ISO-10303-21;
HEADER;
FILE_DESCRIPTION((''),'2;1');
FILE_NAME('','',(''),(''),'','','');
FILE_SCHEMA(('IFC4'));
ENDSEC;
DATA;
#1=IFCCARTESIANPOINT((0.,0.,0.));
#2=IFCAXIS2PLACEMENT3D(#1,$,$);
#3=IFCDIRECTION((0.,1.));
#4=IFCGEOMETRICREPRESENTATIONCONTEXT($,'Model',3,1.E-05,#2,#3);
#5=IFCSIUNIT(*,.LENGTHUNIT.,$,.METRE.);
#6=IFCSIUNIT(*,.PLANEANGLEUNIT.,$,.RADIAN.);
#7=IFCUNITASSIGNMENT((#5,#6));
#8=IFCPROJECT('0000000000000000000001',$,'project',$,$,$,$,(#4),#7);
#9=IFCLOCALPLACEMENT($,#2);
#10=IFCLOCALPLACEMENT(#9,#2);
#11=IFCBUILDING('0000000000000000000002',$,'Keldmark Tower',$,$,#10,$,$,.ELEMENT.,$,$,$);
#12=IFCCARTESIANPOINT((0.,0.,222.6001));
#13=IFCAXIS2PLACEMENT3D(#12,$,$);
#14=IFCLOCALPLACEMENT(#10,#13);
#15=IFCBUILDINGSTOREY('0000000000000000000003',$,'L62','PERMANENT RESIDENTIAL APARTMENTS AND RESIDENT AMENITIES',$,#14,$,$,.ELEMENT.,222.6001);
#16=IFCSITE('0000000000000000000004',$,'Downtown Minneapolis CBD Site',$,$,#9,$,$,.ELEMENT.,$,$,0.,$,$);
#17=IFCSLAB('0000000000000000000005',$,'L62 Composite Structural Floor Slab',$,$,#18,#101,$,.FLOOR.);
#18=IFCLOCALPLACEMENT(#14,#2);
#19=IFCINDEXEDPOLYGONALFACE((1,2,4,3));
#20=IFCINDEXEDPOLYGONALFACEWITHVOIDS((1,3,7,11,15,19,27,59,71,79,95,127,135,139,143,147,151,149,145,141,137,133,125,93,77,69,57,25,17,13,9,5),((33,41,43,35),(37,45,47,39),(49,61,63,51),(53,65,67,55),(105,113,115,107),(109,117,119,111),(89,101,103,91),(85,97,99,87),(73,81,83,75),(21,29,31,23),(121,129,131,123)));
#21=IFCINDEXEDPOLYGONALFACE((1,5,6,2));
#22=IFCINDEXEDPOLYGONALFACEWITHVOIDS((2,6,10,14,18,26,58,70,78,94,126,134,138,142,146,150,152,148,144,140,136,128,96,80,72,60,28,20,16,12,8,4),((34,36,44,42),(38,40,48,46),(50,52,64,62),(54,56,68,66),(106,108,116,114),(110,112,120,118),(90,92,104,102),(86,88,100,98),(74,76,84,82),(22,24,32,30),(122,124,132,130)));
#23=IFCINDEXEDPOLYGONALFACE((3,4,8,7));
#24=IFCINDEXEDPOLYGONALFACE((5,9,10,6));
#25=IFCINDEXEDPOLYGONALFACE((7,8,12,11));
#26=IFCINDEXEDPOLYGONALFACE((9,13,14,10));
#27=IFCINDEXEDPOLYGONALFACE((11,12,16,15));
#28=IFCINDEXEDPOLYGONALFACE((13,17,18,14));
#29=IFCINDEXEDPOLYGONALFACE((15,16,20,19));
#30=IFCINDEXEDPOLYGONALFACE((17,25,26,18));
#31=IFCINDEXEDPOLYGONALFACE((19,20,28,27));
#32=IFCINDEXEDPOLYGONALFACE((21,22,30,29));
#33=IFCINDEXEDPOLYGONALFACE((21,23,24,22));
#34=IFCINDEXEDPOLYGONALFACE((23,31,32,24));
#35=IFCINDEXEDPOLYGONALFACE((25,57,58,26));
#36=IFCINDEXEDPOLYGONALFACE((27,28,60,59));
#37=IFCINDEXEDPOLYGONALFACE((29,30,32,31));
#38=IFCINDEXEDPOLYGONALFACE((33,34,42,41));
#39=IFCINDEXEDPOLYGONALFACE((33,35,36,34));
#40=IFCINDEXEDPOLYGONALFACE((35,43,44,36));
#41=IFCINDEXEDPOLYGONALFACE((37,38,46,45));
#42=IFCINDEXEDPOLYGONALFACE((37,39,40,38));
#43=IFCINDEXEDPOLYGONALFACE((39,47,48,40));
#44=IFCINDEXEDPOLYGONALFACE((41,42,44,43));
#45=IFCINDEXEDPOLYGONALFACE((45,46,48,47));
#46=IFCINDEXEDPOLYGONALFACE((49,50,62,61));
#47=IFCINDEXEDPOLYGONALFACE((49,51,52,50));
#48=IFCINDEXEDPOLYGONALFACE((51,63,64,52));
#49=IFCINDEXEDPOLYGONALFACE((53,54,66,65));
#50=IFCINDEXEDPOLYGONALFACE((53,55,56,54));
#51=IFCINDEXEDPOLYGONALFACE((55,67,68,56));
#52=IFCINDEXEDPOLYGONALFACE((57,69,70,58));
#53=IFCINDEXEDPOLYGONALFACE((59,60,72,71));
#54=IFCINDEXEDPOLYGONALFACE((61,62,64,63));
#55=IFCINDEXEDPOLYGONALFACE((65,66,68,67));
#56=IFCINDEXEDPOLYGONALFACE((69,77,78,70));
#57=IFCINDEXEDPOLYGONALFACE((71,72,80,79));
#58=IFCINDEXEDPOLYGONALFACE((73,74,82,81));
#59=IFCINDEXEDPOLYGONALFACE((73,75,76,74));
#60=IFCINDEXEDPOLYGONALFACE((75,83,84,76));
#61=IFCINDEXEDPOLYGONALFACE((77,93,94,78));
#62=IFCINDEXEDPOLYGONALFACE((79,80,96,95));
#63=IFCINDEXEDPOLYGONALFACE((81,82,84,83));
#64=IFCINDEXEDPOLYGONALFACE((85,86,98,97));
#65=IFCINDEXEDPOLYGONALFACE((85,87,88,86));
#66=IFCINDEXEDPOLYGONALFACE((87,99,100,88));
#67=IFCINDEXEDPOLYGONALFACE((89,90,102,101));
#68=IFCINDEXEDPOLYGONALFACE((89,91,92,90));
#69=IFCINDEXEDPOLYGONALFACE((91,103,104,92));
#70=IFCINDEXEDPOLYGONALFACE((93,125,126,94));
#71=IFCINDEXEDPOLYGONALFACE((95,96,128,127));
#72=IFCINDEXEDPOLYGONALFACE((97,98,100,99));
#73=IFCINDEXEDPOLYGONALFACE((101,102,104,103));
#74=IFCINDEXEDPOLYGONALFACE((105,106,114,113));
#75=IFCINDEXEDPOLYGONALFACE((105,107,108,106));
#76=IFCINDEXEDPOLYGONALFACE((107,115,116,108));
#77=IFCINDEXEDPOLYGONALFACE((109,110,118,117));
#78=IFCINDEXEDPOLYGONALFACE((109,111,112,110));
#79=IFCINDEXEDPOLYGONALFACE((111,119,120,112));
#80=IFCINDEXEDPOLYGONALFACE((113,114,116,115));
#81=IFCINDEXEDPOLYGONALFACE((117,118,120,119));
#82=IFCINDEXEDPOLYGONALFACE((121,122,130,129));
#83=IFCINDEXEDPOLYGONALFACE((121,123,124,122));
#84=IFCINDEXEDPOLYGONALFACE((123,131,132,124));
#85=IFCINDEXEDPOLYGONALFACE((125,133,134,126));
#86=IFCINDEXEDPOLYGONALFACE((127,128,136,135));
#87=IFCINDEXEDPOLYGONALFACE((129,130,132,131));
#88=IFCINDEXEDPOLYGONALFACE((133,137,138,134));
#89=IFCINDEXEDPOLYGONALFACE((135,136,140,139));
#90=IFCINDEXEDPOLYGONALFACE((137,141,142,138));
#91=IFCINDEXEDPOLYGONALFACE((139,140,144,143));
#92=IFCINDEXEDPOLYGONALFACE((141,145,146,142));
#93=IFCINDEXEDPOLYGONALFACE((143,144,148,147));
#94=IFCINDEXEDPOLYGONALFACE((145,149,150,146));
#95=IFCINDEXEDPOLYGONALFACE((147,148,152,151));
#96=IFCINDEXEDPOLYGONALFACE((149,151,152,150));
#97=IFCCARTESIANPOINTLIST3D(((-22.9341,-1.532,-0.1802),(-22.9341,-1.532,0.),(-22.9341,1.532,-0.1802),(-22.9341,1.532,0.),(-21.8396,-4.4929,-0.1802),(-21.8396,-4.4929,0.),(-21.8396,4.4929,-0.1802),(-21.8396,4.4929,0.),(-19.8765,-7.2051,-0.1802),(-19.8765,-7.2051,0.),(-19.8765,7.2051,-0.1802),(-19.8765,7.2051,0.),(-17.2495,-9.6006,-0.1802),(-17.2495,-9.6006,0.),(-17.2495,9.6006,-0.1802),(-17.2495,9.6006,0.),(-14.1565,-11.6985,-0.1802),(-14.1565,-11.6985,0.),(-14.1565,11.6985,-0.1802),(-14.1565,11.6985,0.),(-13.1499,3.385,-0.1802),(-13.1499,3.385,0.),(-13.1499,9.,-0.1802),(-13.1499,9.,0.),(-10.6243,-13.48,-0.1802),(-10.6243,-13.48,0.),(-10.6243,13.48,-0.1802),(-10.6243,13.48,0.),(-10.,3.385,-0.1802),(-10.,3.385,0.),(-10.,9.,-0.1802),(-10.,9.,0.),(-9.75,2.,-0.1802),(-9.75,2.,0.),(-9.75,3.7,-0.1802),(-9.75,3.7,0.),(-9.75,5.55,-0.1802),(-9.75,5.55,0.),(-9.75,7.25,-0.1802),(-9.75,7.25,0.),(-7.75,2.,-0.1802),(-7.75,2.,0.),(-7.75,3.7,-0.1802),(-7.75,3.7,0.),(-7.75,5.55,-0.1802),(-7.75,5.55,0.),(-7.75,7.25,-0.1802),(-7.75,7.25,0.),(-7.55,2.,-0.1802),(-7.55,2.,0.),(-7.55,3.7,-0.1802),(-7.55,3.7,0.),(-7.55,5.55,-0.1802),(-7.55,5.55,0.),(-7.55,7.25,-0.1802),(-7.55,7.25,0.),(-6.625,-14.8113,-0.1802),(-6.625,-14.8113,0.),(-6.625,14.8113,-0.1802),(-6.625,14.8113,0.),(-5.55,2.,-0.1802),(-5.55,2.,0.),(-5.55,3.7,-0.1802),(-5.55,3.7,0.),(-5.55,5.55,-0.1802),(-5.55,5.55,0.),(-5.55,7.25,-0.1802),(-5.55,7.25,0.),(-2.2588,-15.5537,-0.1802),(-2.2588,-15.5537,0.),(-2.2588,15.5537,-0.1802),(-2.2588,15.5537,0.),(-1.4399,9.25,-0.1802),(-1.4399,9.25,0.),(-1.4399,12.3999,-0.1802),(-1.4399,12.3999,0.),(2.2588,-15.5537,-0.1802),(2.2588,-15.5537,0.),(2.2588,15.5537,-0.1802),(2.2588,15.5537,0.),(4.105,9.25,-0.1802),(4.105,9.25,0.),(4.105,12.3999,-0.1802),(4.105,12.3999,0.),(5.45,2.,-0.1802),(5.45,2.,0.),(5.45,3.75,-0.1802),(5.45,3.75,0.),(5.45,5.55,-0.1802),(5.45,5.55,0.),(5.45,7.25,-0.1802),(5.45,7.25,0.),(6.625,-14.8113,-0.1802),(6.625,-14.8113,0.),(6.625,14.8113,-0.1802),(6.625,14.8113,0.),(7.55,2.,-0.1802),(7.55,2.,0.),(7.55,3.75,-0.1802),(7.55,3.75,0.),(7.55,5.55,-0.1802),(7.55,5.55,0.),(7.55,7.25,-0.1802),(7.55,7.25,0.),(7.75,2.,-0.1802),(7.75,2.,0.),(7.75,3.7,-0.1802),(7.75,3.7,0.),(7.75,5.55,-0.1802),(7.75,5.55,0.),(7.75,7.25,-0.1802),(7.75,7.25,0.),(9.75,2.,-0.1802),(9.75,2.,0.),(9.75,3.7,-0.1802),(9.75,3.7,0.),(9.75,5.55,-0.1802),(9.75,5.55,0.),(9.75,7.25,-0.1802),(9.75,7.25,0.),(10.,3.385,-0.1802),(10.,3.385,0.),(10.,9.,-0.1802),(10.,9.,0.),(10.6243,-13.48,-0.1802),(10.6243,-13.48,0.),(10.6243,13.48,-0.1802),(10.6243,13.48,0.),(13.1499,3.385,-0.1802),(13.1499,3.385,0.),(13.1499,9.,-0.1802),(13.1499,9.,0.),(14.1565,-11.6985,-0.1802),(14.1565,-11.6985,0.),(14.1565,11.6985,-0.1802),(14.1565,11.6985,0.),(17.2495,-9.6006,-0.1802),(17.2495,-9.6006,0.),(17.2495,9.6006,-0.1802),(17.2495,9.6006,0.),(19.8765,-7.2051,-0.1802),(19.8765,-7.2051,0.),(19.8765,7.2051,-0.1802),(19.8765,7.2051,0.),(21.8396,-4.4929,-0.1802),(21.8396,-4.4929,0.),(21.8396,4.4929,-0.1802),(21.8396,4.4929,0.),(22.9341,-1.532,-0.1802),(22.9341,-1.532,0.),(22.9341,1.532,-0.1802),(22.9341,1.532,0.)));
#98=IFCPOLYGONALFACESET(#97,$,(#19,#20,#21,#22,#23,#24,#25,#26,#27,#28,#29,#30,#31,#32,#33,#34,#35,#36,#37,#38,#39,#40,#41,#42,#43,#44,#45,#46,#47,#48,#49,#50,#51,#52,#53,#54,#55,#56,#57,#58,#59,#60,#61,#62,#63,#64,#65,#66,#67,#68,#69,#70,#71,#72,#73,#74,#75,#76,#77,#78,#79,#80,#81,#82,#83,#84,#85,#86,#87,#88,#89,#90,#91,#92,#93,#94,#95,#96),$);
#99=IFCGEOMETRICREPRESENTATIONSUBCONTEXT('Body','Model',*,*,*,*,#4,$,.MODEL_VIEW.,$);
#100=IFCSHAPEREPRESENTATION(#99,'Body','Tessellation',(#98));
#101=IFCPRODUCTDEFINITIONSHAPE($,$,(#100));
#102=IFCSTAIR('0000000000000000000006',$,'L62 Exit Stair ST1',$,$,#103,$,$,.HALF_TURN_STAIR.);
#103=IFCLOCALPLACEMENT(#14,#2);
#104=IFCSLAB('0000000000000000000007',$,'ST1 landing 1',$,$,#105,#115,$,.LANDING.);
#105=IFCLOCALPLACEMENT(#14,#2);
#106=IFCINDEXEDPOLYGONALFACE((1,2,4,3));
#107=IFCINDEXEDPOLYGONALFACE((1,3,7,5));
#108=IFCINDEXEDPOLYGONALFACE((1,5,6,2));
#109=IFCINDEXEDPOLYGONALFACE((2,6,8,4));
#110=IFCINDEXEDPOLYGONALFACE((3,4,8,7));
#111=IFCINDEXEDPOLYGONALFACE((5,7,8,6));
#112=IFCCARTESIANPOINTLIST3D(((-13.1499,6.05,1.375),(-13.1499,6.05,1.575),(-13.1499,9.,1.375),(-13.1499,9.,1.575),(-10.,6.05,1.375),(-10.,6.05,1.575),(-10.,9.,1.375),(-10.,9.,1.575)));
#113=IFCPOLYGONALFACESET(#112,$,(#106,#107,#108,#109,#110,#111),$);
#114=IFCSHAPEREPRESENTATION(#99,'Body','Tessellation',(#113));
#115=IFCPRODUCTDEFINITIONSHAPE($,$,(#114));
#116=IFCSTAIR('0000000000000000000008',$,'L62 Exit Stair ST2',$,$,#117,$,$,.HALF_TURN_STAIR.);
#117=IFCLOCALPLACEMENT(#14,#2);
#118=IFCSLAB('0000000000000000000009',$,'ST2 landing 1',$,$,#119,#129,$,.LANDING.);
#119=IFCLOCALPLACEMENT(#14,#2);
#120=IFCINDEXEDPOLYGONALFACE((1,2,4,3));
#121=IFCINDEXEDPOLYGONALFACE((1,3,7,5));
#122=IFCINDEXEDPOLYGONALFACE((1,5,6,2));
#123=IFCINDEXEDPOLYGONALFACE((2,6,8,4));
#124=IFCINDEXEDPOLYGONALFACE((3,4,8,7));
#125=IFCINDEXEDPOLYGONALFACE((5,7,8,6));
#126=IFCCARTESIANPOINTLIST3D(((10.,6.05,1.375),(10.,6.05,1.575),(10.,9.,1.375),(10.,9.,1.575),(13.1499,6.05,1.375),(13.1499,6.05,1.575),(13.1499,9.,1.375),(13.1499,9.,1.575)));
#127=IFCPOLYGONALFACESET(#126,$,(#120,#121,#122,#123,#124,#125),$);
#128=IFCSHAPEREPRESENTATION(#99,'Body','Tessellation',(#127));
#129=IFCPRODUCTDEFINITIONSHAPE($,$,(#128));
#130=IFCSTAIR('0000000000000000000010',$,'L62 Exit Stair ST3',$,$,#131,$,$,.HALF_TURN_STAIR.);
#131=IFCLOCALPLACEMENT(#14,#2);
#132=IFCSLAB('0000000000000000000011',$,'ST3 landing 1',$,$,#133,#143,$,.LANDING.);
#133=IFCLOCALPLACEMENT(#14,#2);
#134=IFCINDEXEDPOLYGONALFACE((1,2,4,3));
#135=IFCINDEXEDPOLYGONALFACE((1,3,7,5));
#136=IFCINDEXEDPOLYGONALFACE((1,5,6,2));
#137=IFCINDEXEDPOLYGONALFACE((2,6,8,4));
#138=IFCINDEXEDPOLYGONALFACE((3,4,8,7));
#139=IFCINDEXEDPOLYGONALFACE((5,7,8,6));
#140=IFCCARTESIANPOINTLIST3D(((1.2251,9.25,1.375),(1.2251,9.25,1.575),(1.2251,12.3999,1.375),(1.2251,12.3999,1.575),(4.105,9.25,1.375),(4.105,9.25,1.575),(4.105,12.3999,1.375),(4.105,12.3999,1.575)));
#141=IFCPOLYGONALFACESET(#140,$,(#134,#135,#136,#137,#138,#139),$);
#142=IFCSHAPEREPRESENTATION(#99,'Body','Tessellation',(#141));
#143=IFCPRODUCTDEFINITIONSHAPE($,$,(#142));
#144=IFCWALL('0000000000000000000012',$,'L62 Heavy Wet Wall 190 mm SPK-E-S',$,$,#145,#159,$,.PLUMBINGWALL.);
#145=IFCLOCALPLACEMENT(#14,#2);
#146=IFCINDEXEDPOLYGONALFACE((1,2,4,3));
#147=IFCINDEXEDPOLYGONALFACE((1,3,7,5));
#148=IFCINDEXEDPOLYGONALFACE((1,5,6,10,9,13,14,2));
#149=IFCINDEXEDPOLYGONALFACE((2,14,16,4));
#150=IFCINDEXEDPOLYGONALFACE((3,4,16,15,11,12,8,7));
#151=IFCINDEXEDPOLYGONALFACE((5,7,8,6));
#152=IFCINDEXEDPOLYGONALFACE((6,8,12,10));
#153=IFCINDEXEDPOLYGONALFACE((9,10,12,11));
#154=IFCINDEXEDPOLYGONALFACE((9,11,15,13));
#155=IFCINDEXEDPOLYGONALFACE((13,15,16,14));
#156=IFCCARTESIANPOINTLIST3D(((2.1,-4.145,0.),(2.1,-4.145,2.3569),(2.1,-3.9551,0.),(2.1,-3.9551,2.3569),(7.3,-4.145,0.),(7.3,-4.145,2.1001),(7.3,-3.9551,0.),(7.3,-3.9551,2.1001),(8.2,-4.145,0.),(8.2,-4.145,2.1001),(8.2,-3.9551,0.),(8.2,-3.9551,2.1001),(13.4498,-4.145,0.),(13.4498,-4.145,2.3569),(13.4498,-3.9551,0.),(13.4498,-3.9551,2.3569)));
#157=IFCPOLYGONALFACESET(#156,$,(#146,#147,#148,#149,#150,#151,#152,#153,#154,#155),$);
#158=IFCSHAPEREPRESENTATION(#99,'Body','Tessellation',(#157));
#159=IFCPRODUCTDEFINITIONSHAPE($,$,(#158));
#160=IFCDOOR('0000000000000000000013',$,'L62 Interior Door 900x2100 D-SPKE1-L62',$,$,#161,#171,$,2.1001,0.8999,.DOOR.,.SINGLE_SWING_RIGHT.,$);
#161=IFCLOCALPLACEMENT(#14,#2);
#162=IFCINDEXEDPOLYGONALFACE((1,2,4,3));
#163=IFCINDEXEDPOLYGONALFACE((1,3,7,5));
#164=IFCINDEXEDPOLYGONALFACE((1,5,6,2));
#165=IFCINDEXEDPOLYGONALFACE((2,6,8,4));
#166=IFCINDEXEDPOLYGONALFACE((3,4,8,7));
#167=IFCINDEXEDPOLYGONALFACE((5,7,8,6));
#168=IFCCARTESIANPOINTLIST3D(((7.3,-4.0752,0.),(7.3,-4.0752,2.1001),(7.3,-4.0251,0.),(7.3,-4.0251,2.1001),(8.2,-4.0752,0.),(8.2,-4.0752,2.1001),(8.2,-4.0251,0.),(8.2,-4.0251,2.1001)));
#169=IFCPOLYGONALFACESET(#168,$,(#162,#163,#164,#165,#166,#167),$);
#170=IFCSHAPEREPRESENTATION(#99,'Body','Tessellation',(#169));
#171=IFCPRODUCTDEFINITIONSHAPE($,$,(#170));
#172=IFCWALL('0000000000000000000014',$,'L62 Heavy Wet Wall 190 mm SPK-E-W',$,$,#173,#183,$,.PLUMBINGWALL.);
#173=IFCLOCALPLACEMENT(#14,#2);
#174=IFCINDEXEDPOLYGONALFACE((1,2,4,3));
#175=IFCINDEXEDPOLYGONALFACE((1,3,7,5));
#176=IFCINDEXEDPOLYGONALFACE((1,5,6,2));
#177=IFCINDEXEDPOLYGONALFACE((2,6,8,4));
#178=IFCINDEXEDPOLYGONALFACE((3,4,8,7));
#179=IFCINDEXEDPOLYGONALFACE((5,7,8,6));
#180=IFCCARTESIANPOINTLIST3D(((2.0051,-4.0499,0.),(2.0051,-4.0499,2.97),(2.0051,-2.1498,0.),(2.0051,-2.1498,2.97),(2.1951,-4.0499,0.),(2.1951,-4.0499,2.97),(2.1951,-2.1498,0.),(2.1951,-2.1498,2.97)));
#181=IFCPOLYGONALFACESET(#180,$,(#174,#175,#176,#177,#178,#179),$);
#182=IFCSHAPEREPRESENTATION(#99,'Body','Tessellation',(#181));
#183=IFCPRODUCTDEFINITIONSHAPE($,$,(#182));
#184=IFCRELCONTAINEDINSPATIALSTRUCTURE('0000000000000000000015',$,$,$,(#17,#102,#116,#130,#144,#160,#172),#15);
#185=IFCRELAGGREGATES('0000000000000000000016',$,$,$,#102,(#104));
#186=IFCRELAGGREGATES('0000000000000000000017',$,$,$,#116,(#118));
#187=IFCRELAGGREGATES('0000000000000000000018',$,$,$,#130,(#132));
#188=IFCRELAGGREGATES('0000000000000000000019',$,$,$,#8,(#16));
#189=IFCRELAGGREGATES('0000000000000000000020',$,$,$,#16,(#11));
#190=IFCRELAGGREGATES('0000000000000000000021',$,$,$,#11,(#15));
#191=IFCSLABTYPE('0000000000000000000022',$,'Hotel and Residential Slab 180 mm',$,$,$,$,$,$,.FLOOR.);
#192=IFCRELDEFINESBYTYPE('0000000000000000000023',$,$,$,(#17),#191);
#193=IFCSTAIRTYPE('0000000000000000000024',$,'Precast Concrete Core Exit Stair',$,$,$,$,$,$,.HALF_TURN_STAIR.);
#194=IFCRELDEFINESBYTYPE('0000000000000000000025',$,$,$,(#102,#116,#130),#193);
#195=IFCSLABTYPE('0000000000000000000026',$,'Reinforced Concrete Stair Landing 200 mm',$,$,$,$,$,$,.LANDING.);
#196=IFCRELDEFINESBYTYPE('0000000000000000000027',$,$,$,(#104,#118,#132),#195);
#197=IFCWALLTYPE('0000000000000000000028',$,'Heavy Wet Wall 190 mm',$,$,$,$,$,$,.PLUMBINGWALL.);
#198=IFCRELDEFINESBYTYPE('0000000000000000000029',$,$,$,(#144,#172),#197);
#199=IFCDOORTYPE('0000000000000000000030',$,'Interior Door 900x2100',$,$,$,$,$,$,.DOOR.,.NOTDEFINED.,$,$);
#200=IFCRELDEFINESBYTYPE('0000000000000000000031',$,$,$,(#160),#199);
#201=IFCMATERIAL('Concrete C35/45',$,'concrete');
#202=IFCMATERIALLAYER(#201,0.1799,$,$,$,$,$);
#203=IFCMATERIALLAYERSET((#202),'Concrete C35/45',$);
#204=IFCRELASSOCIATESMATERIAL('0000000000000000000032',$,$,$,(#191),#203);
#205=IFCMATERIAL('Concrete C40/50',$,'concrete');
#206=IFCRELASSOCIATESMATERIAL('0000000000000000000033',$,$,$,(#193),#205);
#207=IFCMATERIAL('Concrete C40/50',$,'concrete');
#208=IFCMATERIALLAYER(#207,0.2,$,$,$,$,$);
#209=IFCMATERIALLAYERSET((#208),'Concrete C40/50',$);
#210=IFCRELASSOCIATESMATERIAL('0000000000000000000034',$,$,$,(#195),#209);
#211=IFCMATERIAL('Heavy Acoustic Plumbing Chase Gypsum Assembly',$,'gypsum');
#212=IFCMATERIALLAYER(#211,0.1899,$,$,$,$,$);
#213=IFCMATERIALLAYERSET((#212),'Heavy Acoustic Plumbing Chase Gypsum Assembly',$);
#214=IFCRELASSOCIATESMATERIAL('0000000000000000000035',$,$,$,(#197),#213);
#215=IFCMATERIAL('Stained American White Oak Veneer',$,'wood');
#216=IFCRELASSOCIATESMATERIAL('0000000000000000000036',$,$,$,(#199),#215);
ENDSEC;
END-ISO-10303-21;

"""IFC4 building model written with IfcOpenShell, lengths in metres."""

from ifc_helpers import new_model, si_unit, direction, frame, frame_2d, origin, place, context, subcontext, project, spatial, polyline, rectangle, outline, extrude, material, layer, layer_set, type_object, element, fill, aggregate, save


model = new_model("IFC4")

# Units and contexts
model_context = context("Model", 3, precision=1e-05, world=origin(), true_north=direction((0.0, 1.0)))
body_context = subcontext(model_context, "Body", "Model", "MODEL_VIEW")
ifc_project = project(units=[si_unit("LENGTHUNIT", "METRE"), si_unit("PLANEANGLEUNIT", "RADIAN")], contexts=[model_context])

# Site, building, storey
site_placement = place(None, origin())
site = spatial("IfcSite", under=ifc_project, at=site_placement, Name="Downtown Minneapolis CBD Site", CompositionType="ELEMENT", RefElevation=0.0)
building_placement = place(site_placement, origin())
building = spatial("IfcBuilding", under=site, at=building_placement, Name="Keldmark Tower", CompositionType="ELEMENT")
storey_placement = place(building_placement, frame((0.0, 0.0, 222.6001)))
storey = spatial("IfcBuildingStorey", under=building, at=storey_placement, Name="L62", Description="PERMANENT RESIDENTIAL APARTMENTS AND RESIDENT AMENITIES", CompositionType="ELEMENT", Elevation=222.6001)

# Slab
ifc_material_1 = material(Name="Concrete C35/45", Category="concrete")
ifc_layer_1 = layer(ifc_material_1, 0.1799)
ifc_layer_set_1 = layer_set([ifc_layer_1], Name="Concrete C35/45")
slab_type_1 = type_object("IfcSlabType", Name="Hotel and Residential Slab 180 mm", PredefinedType="FLOOR", material=ifc_layer_set_1)
slab_1_placement = place(storey_placement, frame((0.0, 0.0, -0.1802)))
element("IfcSlab", 1, at=slab_1_placement, inside=storey, type_object=slab_type_1, Name="L62 Composite Structural Floor Slab", PredefinedType="FLOOR", context=body_context, shape_type="SweptSolid", body=[
    extrude(outline(polyline([(22.9341, 1.532), (21.8396, 4.4929), (19.8765, 7.2051), (17.2495, 9.6006), (14.1565, 11.6985), (10.6243, 13.48), (6.625, 14.8113), (2.2588, 15.5537), (-2.2588, 15.5537), (-6.625, 14.8113), (-10.6243, 13.48), (-14.1565, 11.6985), (-17.2495, 9.6006), (-19.8765, 7.2051), (-21.8396, 4.4929), (-22.9341, 1.532), (-22.9341, -1.532), (-21.8396, -4.4929), (-19.8765, -7.2051), (-17.2495, -9.6006), (-14.1565, -11.6985), (-10.6243, -13.48), (-6.625, -14.8113), (-2.2588, -15.5537), (2.2588, -15.5537), (6.625, -14.8113), (10.6243, -13.48), (14.1565, -11.6985), (17.2495, -9.6006), (19.8765, -7.2051), (21.8396, -4.4929), (22.9341, -1.532), (22.9341, 1.532)]), holes=[polyline([(-10.0, 3.385), (-10.0, 9.0), (-13.1499, 9.0), (-13.1499, 3.385), (-10.0, 3.385)]), polyline([(13.1499, 3.385), (13.1499, 9.0), (10.0, 9.0), (10.0, 3.385), (13.1499, 3.385)]), polyline([(-1.4399, 9.25), (4.105, 9.25), (4.105, 12.3999), (-1.4399, 12.3999), (-1.4399, 9.25)]), polyline([(-9.75, 2.0), (-7.75, 2.0), (-7.75, 3.7), (-9.75, 3.7), (-9.75, 2.0)]), polyline([(7.75, 2.0), (9.75, 2.0), (9.75, 3.7), (7.75, 3.7), (7.75, 2.0)]), polyline([(5.45, 2.0), (7.55, 2.0), (7.55, 3.75), (5.45, 3.75), (5.45, 2.0)]), polyline([(-9.75, 5.55), (-7.75, 5.55), (-7.75, 7.25), (-9.75, 7.25), (-9.75, 5.55)]), polyline([(-7.55, 5.55), (-5.55, 5.55), (-5.55, 7.25), (-7.55, 7.25), (-7.55, 5.55)]), polyline([(-7.55, 2.0), (-5.55, 2.0), (-5.55, 3.7), (-7.55, 3.7), (-7.55, 2.0)]), polyline([(5.45, 5.55), (7.55, 5.55), (7.55, 7.25), (5.45, 7.25), (5.45, 5.55)]), polyline([(7.75, 5.55), (9.75, 5.55), (9.75, 7.25), (7.75, 7.25), (7.75, 5.55)])]), origin(), (0.0, 0.0, 1.0), 0.1802),
])

# Stairs, slabs
ifc_material_2 = material(Name="Concrete C40/50", Category="concrete")
stair_type = type_object("IfcStairType", Name="Precast Concrete Core Exit Stair", PredefinedType="HALF_TURN_STAIR", material=ifc_material_2)
stair_1_placement = place(storey_placement, origin())
stair_1 = element("IfcStair", 2, at=stair_1_placement, inside=storey, type_object=stair_type, Name="L62 Exit Stair ST1", PredefinedType="HALF_TURN_STAIR")
ifc_material_3 = material(Name="Concrete C40/50", Category="concrete")
ifc_layer_2 = layer(ifc_material_3, 0.2)
ifc_layer_set_2 = layer_set([ifc_layer_2], Name="Concrete C40/50")
slab_type_2 = type_object("IfcSlabType", Name="Reinforced Concrete Stair Landing 200 mm", PredefinedType="LANDING", material=ifc_layer_set_2)
slab_2_placement = place(storey_placement, frame((0.0, 0.0, 1.375)))
slab_2 = element("IfcSlab", 3, at=slab_2_placement, type_object=slab_type_2, Name="ST1 landing 1", PredefinedType="LANDING", context=body_context, shape_type="SweptSolid", body=[
    extrude(outline(polyline([(-10.0, 6.05), (-10.0, 9.0), (-13.1499, 9.0), (-13.1499, 6.05), (-10.0, 6.05)])), origin(), (0.0, 0.0, 1.0), 0.2),
])
aggregate(stair_1, [slab_2])
stair_2_placement = place(storey_placement, origin())
stair_2 = element("IfcStair", 4, at=stair_2_placement, inside=storey, type_object=stair_type, Name="L62 Exit Stair ST2", PredefinedType="HALF_TURN_STAIR")
slab_3_placement = place(storey_placement, frame((0.0, 0.0, 1.375)))
slab_3 = element("IfcSlab", 5, at=slab_3_placement, type_object=slab_type_2, Name="ST2 landing 1", PredefinedType="LANDING", context=body_context, shape_type="SweptSolid", body=[
    extrude(outline(polyline([(13.1499, 6.05), (13.1499, 9.0), (10.0, 9.0), (10.0, 6.05), (13.1499, 6.05)])), origin(), (0.0, 0.0, 1.0), 0.2),
])
aggregate(stair_2, [slab_3])
stair_3_placement = place(storey_placement, origin())
stair_3 = element("IfcStair", 6, at=stair_3_placement, inside=storey, type_object=stair_type, Name="L62 Exit Stair ST3", PredefinedType="HALF_TURN_STAIR")
slab_4_placement = place(storey_placement, frame((0.0, 0.0, 1.375)))
slab_4 = element("IfcSlab", 7, at=slab_4_placement, type_object=slab_type_2, Name="ST3 landing 1", PredefinedType="LANDING", context=body_context, shape_type="SweptSolid", body=[
    extrude(outline(polyline([(1.2251, 9.25), (4.105, 9.25), (4.105, 12.3999), (1.2251, 12.3999), (1.2251, 9.25)])), origin(), (0.0, 0.0, 1.0), 0.2),
])
aggregate(stair_3, [slab_4])

# Wall, opening, door
ifc_material_4 = material(Name="Heavy Acoustic Plumbing Chase Gypsum Assembly", Category="gypsum")
ifc_layer_3 = layer(ifc_material_4, 0.1899)
ifc_layer_set_3 = layer_set([ifc_layer_3], Name="Heavy Acoustic Plumbing Chase Gypsum Assembly")
wall_type_1 = type_object("IfcWallType", Name="Heavy Wet Wall 190 mm", PredefinedType="PLUMBINGWALL", material=ifc_layer_set_3)
wall_1_placement = place(storey_placement, frame((2.1001, -4.05, 0.0), z_axis=(0.0, 0.0, 1.0), x_axis=(1.0, 0.0, 0.0)))
wall_1 = element("IfcWall", 8, at=wall_1_placement, inside=storey, type_object=wall_type_1, Name="L62 Heavy Wet Wall 190 mm SPK-E-S", PredefinedType="PLUMBINGWALL", context=body_context, shape_type="SweptSolid", body=[
    extrude(rectangle(XDim=11.3499, YDim=0.1899, at=frame_2d((5.6748, 0.0))), origin(), (0.0, 0.0, 1.0), 2.3569),
])
opening_1_placement = place(wall_1_placement, frame((5.2, 0.0, 0.0)))
opening_1 = element("IfcOpeningElement", 9, at=opening_1_placement, cuts=wall_1, PredefinedType="OPENING", context=body_context, shape_type="SweptSolid", body=[
    extrude(rectangle(XDim=0.8999, YDim=2.1001, at=frame_2d((0.45, 1.05))), frame((0.0, 0.105, 0.0), z_axis=(0.0, -1.0, 0.0), x_axis=(1.0, 0.0, 0.0)), (0.0, 0.0, 1.0), 0.21),
])
ifc_material_5 = material(Name="Stained American White Oak Veneer", Category="wood")
door_type_1 = type_object("IfcDoorType", Name="Interior Door 900x2100", OperationType="NOTDEFINED", PredefinedType="DOOR", material=ifc_material_5)
door_1_placement = place(opening_1_placement, origin())
door_1 = element("IfcDoor", 10, at=door_1_placement, inside=storey, type_object=door_type_1, Name="L62 Interior Door 900x2100 D-SPKE1-L62", OperationType="SINGLE_SWING_RIGHT", OverallHeight=2.1001, OverallWidth=0.8999, PredefinedType="DOOR", context=body_context, shape_type="SweptSolid", body=[
    extrude(rectangle(XDim=0.8999, YDim=2.1001, at=frame_2d((0.45, 1.05))), frame((0.0, 0.0249, 0.0), z_axis=(0.0, -1.0, 0.0), x_axis=(1.0, 0.0, 0.0)), (0.0, 0.0, 1.0), 0.05),
])
fill(opening_1, door_1)

# Wall
wall_2_placement = place(storey_placement, frame((2.1001, -4.05, 0.0), z_axis=(0.0, 0.0, 1.0), x_axis=(0.0, 1.0, 0.0)))
element("IfcWall", 11, at=wall_2_placement, inside=storey, type_object=wall_type_1, Name="L62 Heavy Wet Wall 190 mm SPK-E-W", PredefinedType="PLUMBINGWALL", context=body_context, shape_type="SweptSolid", body=[
    extrude(rectangle(XDim=1.9001, YDim=0.1899, at=frame_2d((0.9502, 0.0))), origin(), (0.0, 0.0, 1.0), 2.97),
])

save(model, "model.ifc")
